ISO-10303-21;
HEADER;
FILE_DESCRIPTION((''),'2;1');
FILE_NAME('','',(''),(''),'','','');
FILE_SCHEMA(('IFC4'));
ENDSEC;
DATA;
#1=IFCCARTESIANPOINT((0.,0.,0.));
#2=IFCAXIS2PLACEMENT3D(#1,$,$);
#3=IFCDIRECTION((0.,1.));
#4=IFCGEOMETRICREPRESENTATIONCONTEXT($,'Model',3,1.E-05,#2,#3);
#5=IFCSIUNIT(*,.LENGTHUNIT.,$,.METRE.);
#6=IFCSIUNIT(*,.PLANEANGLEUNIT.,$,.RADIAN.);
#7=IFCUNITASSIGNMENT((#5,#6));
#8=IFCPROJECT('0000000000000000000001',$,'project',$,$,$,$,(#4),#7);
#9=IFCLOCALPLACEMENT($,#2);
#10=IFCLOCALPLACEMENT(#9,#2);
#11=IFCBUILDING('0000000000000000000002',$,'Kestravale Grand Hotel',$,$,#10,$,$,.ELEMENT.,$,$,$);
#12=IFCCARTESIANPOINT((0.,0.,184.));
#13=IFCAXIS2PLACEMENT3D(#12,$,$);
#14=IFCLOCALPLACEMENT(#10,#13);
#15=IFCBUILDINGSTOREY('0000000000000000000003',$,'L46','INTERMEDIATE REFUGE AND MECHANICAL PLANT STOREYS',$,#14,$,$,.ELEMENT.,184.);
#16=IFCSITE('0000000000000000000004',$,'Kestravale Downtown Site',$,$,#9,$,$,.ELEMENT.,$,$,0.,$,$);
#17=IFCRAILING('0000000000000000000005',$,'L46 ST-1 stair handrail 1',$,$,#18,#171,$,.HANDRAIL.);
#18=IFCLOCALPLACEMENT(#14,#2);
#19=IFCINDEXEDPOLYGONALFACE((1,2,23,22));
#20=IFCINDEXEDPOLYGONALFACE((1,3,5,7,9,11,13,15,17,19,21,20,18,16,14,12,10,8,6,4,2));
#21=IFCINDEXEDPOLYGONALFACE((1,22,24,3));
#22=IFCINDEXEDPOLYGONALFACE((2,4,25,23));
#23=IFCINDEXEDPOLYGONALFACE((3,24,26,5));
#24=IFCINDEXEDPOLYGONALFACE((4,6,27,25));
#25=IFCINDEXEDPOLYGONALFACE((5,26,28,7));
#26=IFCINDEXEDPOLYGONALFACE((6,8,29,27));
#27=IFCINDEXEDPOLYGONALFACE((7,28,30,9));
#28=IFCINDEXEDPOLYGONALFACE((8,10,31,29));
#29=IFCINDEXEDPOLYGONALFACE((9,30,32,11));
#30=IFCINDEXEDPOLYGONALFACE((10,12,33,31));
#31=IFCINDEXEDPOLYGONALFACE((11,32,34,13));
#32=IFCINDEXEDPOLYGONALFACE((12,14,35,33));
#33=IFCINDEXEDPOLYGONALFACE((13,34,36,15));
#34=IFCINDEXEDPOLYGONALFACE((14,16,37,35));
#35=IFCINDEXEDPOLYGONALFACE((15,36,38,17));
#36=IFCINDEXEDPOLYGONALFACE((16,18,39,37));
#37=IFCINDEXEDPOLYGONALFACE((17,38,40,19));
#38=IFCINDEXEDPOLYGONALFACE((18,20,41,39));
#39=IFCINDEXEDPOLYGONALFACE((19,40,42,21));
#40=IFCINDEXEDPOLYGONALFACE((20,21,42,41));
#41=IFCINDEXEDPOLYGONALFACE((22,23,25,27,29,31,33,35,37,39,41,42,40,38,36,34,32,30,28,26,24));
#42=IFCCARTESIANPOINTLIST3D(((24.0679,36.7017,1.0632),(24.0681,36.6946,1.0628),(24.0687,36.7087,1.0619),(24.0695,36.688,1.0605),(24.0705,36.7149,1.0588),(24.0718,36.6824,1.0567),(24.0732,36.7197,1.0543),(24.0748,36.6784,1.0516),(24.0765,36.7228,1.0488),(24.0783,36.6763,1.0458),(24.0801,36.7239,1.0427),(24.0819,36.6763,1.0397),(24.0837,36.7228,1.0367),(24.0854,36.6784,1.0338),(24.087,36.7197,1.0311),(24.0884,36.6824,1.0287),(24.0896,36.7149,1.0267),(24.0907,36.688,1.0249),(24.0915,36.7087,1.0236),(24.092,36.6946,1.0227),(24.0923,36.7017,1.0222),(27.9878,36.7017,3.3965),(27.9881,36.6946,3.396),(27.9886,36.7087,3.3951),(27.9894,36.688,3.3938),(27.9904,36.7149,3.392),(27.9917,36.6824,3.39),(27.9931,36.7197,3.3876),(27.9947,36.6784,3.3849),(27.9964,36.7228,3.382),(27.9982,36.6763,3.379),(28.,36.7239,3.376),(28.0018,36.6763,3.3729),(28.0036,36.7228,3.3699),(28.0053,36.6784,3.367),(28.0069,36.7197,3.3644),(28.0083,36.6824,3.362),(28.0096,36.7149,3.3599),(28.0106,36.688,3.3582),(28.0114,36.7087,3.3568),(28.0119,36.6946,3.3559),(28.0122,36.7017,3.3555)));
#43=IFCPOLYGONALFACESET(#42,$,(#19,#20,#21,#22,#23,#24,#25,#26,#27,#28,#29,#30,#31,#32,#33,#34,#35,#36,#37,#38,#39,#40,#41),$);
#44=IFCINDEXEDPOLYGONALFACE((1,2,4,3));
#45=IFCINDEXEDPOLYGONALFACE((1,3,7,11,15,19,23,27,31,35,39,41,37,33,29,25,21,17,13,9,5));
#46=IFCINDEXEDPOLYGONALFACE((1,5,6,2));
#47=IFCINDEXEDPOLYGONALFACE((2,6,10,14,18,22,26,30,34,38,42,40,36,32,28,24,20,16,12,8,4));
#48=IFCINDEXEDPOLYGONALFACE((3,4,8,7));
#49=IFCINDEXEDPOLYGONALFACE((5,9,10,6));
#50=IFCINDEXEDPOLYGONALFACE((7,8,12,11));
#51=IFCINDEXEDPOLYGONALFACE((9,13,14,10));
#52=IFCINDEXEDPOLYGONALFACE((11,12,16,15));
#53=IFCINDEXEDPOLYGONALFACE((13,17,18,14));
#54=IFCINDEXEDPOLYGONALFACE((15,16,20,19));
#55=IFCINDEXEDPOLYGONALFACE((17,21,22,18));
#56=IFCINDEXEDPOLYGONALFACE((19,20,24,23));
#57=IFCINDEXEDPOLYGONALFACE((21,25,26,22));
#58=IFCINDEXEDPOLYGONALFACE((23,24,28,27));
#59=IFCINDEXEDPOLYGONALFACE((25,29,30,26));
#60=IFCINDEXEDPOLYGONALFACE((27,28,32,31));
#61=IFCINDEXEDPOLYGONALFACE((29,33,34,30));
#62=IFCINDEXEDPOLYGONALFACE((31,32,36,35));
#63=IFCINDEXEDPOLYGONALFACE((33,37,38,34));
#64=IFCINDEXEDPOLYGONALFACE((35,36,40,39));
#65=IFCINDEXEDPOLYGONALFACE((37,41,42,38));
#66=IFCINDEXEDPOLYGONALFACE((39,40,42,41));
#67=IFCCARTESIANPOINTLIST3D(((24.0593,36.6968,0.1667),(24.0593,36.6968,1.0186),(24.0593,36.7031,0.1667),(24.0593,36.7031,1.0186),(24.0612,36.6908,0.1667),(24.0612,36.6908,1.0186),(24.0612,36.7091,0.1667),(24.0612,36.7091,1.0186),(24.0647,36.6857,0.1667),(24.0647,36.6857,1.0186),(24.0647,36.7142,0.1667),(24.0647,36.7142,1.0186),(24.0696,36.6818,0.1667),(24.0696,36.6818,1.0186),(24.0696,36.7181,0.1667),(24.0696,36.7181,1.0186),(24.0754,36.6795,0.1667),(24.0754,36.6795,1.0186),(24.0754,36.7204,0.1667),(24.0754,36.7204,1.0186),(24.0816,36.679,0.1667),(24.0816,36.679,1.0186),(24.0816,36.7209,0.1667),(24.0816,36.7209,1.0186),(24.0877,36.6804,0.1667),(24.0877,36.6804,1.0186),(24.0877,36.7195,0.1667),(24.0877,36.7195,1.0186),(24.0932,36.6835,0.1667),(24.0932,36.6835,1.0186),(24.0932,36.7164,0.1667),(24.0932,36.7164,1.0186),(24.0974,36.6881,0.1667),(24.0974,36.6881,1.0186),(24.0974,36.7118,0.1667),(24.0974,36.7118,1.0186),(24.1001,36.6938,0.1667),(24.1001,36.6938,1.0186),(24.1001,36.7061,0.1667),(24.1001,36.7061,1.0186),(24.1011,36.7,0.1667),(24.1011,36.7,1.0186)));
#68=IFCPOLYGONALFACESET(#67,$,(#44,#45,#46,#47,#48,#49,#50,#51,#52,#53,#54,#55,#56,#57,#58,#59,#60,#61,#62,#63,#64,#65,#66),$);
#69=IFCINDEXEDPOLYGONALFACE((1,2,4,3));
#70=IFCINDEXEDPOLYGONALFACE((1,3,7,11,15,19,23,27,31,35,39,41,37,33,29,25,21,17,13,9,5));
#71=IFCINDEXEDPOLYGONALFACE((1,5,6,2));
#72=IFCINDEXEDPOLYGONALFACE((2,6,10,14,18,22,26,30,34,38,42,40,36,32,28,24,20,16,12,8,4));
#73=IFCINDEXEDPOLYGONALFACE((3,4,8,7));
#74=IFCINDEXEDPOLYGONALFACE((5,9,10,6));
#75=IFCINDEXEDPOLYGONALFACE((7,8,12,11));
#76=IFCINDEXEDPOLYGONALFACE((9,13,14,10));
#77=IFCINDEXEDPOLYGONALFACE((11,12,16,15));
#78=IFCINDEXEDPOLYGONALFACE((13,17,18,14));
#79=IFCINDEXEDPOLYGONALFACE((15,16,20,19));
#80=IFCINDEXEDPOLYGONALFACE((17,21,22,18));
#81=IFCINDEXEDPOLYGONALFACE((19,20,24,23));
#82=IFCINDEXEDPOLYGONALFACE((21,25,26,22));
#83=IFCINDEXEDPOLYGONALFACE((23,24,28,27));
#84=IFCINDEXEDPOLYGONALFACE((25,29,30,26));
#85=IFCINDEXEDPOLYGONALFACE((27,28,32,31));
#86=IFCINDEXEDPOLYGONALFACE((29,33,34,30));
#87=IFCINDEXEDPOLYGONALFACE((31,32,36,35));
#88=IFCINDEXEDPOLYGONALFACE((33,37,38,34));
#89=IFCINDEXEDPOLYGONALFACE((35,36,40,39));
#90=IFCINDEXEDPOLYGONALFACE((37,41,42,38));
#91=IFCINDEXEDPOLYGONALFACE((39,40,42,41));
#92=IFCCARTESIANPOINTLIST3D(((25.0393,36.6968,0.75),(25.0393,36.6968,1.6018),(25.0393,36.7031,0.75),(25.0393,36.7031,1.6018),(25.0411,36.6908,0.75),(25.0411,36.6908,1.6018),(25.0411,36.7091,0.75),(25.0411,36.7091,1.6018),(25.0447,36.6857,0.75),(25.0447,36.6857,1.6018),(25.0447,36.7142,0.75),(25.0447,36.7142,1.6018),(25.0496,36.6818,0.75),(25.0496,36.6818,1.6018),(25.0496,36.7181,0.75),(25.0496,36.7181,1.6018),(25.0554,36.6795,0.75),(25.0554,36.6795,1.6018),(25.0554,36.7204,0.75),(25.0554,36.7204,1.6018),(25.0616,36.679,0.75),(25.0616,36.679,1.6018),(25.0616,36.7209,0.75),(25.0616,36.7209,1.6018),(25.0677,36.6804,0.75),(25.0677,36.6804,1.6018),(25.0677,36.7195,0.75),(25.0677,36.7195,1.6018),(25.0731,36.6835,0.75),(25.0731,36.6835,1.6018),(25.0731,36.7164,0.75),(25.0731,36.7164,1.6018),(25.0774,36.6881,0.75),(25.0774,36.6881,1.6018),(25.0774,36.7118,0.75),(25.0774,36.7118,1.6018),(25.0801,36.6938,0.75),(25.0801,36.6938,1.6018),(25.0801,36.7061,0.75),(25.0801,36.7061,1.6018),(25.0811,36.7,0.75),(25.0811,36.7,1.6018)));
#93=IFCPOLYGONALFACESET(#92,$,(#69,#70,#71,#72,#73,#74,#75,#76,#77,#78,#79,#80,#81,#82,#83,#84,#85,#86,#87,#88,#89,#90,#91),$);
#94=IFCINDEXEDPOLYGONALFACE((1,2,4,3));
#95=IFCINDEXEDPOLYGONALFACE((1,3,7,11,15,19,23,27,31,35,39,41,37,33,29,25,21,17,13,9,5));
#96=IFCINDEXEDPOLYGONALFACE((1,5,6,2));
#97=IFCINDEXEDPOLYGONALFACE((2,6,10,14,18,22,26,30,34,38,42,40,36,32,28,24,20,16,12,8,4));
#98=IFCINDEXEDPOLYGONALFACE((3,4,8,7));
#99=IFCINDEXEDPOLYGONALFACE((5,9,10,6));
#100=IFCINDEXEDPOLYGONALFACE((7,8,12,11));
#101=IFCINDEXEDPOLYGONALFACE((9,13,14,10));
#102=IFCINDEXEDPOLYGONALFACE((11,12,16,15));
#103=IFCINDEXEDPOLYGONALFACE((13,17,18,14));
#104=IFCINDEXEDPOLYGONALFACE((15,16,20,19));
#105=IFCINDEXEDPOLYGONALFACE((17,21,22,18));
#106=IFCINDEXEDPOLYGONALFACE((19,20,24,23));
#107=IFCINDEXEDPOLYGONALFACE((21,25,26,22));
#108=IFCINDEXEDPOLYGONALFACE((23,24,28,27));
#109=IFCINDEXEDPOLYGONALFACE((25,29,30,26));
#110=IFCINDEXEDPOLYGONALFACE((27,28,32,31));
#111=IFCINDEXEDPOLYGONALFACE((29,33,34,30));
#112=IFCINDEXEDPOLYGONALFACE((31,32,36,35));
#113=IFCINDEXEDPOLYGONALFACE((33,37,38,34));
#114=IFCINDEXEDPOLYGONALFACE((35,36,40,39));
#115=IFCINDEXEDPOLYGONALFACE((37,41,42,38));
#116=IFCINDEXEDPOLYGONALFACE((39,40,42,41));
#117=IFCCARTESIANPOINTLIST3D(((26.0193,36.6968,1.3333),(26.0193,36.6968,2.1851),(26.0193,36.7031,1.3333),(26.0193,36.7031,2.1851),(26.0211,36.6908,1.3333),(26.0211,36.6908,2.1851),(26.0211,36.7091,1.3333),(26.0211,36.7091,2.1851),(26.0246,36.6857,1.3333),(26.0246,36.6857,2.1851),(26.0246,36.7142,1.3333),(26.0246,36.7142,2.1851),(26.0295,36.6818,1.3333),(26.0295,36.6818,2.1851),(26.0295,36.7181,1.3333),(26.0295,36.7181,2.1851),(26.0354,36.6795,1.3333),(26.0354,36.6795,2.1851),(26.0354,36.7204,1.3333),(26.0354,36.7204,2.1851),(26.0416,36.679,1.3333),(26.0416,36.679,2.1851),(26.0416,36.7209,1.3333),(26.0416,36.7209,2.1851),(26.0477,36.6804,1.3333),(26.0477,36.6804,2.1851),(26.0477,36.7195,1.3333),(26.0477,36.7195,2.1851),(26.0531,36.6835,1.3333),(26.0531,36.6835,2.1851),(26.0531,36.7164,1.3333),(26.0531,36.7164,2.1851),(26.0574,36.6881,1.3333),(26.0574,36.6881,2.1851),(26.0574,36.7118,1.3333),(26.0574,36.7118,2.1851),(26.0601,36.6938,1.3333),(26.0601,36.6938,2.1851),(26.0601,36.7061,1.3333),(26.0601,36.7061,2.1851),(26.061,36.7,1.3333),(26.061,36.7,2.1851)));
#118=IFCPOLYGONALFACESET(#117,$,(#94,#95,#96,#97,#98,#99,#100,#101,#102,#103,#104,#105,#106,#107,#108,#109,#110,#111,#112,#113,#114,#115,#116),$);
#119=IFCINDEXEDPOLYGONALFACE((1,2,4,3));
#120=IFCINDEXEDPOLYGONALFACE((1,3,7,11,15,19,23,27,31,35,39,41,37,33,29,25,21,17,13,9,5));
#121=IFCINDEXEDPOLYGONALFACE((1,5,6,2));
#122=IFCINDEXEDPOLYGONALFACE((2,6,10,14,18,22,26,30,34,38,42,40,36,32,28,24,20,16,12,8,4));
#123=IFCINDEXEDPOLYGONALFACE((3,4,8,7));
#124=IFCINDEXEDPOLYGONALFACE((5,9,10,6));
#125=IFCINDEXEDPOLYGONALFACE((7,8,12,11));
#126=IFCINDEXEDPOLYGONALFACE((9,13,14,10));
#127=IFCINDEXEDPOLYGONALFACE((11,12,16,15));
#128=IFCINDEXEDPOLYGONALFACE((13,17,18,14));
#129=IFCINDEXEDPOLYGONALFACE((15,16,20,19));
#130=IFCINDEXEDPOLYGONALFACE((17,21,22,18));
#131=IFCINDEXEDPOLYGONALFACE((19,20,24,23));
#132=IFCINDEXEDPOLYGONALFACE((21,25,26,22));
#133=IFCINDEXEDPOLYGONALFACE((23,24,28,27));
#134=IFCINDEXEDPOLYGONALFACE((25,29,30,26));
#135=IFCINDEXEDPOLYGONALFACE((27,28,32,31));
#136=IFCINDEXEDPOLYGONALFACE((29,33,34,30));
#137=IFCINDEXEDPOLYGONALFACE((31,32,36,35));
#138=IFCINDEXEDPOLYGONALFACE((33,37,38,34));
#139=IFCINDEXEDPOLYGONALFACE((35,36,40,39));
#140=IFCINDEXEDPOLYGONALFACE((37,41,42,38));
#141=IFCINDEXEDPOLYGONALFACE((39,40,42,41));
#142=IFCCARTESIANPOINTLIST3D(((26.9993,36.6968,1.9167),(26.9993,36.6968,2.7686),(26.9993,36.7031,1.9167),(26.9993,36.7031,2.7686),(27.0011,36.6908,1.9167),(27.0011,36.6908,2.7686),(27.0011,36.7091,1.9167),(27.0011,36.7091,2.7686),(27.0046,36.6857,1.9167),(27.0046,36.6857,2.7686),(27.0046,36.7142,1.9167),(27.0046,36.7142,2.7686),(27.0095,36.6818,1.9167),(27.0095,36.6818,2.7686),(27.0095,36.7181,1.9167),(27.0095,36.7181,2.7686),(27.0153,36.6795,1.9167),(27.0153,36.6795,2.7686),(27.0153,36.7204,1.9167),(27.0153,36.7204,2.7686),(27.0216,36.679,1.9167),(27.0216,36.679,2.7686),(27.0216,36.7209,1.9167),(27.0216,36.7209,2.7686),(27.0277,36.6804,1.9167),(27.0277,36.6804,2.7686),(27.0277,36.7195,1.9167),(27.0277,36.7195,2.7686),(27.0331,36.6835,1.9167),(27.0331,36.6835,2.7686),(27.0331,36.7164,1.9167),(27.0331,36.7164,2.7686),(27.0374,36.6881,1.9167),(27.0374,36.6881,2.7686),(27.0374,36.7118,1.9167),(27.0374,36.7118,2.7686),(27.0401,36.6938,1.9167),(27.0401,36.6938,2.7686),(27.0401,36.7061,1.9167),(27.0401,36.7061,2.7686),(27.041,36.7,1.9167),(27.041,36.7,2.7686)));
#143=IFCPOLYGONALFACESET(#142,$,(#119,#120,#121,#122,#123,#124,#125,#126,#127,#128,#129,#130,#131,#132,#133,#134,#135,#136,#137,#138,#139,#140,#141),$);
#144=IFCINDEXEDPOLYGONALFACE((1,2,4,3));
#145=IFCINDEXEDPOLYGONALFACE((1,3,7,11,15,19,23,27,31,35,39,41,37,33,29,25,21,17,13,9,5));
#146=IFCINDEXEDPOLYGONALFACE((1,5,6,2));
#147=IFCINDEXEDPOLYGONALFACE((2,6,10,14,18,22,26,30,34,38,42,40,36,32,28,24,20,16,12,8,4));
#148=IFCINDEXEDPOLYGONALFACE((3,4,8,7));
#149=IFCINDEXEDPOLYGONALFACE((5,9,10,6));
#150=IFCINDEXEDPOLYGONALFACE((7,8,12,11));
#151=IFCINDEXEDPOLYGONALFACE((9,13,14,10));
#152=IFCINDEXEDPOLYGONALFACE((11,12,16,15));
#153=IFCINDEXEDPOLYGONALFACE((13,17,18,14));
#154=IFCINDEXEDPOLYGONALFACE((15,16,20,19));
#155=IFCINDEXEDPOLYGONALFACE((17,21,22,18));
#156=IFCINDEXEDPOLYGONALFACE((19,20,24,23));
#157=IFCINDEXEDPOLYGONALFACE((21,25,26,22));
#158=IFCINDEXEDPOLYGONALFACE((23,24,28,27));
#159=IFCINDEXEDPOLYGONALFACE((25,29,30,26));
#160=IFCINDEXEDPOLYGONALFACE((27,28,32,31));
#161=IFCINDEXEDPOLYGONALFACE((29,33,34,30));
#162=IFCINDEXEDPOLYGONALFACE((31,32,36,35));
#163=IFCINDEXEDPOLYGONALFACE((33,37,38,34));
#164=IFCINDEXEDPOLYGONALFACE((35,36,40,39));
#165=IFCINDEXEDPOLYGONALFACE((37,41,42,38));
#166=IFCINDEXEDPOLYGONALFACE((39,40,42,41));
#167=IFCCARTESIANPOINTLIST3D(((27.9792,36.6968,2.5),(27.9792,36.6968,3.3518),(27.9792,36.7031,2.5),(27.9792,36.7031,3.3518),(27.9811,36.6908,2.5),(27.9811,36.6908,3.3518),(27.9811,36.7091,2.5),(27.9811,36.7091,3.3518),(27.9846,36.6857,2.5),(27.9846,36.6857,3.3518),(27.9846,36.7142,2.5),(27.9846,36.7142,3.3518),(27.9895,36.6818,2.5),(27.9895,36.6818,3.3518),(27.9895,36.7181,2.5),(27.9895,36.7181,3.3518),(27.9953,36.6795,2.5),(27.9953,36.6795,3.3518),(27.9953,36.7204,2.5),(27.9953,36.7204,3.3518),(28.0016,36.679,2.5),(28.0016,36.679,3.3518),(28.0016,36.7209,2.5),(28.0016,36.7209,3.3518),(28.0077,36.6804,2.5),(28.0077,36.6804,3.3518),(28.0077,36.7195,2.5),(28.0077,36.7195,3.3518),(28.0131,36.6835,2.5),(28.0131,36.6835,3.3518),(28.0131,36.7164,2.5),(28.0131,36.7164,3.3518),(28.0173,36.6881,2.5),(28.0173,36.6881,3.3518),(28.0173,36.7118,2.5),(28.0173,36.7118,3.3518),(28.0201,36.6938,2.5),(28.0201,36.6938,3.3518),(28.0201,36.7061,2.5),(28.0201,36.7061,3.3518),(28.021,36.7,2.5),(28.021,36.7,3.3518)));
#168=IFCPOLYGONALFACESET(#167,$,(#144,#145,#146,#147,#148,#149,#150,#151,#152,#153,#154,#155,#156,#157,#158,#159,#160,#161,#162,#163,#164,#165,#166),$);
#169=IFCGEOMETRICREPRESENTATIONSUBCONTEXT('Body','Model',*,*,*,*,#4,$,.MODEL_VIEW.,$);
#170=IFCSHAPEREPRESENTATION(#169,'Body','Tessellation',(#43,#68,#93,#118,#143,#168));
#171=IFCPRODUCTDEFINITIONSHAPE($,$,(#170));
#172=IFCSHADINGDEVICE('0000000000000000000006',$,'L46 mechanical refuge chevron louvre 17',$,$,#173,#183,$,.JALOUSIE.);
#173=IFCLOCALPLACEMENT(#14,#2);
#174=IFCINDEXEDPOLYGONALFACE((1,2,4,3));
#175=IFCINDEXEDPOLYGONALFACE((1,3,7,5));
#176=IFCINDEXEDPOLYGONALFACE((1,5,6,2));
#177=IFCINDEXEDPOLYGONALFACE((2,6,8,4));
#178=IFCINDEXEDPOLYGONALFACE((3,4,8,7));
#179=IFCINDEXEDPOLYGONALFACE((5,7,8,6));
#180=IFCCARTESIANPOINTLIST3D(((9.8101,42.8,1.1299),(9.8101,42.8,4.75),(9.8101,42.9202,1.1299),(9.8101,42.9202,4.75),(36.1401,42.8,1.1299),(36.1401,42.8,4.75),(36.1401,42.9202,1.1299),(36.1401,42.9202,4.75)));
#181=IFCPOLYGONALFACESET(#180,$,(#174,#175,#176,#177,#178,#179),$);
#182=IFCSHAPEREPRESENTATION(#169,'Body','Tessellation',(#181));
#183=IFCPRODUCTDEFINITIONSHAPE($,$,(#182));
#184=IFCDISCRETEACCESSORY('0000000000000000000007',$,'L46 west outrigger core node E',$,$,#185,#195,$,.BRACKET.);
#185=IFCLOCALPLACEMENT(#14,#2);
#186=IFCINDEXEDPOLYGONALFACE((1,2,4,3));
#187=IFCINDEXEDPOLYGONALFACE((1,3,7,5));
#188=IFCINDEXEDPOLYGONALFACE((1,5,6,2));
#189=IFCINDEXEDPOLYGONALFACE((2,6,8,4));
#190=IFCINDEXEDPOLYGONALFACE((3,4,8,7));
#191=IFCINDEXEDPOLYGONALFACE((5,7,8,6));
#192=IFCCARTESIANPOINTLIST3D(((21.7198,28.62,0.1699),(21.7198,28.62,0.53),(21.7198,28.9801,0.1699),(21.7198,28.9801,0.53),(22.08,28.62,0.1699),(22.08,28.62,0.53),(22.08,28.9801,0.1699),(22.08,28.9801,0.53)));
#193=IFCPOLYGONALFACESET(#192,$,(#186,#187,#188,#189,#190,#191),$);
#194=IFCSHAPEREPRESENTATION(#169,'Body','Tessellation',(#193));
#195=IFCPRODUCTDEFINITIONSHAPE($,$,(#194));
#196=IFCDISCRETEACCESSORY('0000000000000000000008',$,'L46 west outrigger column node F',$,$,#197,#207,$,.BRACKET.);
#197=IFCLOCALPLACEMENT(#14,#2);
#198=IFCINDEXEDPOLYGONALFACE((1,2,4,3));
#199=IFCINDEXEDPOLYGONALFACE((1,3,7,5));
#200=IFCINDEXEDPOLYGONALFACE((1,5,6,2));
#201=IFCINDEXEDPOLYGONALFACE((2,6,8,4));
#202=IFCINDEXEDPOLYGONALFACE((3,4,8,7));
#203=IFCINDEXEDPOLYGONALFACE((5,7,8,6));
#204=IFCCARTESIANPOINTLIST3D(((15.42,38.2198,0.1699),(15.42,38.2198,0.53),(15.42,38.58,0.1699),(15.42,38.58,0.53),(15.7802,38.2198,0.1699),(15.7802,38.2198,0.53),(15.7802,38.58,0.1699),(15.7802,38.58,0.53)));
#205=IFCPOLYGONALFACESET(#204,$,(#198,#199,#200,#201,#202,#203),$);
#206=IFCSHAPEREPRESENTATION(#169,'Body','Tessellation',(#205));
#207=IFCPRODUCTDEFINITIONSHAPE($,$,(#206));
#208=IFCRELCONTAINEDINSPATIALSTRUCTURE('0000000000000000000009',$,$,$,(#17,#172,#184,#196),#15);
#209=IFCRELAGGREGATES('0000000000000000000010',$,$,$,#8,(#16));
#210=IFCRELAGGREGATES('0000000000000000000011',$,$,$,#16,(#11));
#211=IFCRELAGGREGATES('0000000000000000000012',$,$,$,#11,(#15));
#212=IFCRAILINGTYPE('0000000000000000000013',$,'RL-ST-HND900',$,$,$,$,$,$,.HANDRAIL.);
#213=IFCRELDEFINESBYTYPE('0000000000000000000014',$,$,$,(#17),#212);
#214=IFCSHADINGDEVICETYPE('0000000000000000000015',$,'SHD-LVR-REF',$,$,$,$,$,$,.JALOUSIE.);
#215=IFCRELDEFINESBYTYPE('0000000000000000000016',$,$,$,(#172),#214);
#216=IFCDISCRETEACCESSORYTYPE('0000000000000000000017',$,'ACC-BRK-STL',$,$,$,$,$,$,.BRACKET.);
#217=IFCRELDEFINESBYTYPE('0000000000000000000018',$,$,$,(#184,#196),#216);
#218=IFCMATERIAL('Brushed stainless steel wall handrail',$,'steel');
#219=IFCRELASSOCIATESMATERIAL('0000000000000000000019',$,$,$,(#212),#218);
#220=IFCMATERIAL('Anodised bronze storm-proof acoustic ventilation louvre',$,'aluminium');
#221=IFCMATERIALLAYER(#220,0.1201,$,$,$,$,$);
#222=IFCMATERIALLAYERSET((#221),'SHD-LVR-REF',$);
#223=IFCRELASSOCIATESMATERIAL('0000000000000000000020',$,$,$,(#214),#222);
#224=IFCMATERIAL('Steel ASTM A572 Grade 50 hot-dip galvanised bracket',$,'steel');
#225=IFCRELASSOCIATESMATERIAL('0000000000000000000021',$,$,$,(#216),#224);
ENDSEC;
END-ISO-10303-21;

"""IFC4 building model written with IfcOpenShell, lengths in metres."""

from ifc_helpers import new_model, si_unit, direction, frame, origin, origin_2d, place, context, subcontext, project, spatial, rectangle, circle, extrude, material, layer, layer_set, type_object, element, save


model = new_model("IFC4")

# Units and contexts
model_context = context("Model", 3, precision=1e-05, world=origin(), true_north=direction((0.0, 1.0)))
body_context = subcontext(model_context, "Body", "Model", "MODEL_VIEW")
ifc_project = project(units=[si_unit("LENGTHUNIT", "METRE"), si_unit("PLANEANGLEUNIT", "RADIAN")], contexts=[model_context])

# Site, building, storey
site_placement = place(None, origin())
site = spatial("IfcSite", under=ifc_project, at=site_placement, Name="Kestravale Downtown Site", CompositionType="ELEMENT", RefElevation=0.0)
building_placement = place(site_placement, origin())
building = spatial("IfcBuilding", under=site, at=building_placement, Name="Kestravale Grand Hotel", CompositionType="ELEMENT")
storey_placement = place(building_placement, frame((0.0, 0.0, 184.0)))
storey = spatial("IfcBuildingStorey", under=building, at=storey_placement, Name="L46", Description="INTERMEDIATE REFUGE AND MECHANICAL PLANT STOREYS", CompositionType="ELEMENT", Elevation=184.0)

# Railing
ifc_material_1 = material(Name="Brushed stainless steel wall handrail", Category="steel")
railing_type_1 = type_object("IfcRailingType", Name="RL-ST-HND900", PredefinedType="HANDRAIL", material=ifc_material_1)
railing_1_placement = place(storey_placement, frame((24.0801, 36.7, 0.1667)))
element("IfcRailing", 1, at=railing_1_placement, inside=storey, type_object=railing_type_1, Name="L46 ST-1 stair handrail 1", PredefinedType="HANDRAIL", context=body_context, shape_type="SweptSolid", body=[
    extrude(circle(Radius=0.0239, at=origin_2d()), frame((0.0, 0.0, 0.876), z_axis=(0.859296, 0.0, 0.511478), x_axis=(0.0, 1.0, 0.0)), (0.0, 0.0, 1.0), 4.5618),
    extrude(circle(Radius=0.021, at=origin_2d()), origin(), (0.0, 0.0, 1.0), 0.8518),
    extrude(circle(Radius=0.021, at=origin_2d()), frame((0.98, 0.0, 0.5833)), (0.0, 0.0, 1.0), 0.8518),
    extrude(circle(Radius=0.021, at=origin_2d()), frame((1.96, 0.0, 1.1665)), (0.0, 0.0, 1.0), 0.8518),
    extrude(circle(Radius=0.021, at=origin_2d()), frame((2.9399, 0.0, 1.75)), (0.0, 0.0, 1.0), 0.8518),
    extrude(circle(Radius=0.021, at=origin_2d()), frame((3.9199, 0.0, 2.3333)), (0.0, 0.0, 1.0), 0.8518),
])

# Shading device
ifc_material_2 = material(Name="Anodised bronze storm-proof acoustic ventilation louvre", Category="aluminium")
ifc_layer_1 = layer(ifc_material_2, 0.1201)
ifc_layer_set_1 = layer_set([ifc_layer_1], Name="SHD-LVR-REF")
shading_device_type = type_object("IfcShadingDeviceType", Name="SHD-LVR-REF", PredefinedType="JALOUSIE", material=ifc_layer_set_1)
shading_device_placement = place(storey_placement, frame((22.9751, 42.8601, 1.1299), z_axis=(0.0, 0.0, 1.0), x_axis=(-1.0, 0.0, 0.0)))
element("IfcShadingDevice", 2, at=shading_device_placement, inside=storey, type_object=shading_device_type, Name="L46 mechanical refuge chevron louvre 17", PredefinedType="JALOUSIE", context=body_context, shape_type="SweptSolid", body=[
    extrude(rectangle(XDim=26.3301, YDim=0.1201, at=origin_2d()), origin(), (0.0, 0.0, 1.0), 3.6201),
])

# Discrete accessories
ifc_material_3 = material(Name="Steel ASTM A572 Grade 50 hot-dip galvanised bracket", Category="steel")
discrete_accessory_type = type_object("IfcDiscreteAccessoryType", Name="ACC-BRK-STL", PredefinedType="BRACKET", material=ifc_material_3)
for number, where, z_axis, x_axis, name in (
    (3, (21.8999, 28.8, 0.1699), (0.0, 0.0, 1.0), (1.0, 0.0, 0.0), "L46 west outrigger core node E"),
    (4, (15.6001, 38.3999, 0.1699), (0.0, 0.0, 1.0), (1.0, 0.0, 0.0), "L46 west outrigger column node F"),
):
    element("IfcDiscreteAccessory", number, at=place(storey_placement, frame(where, z_axis=z_axis, x_axis=x_axis)), inside=storey, type_object=discrete_accessory_type, Name=name, PredefinedType="BRACKET", context=body_context, shape_type="SweptSolid", body=[
        extrude(rectangle(XDim=0.3601, YDim=0.3601, at=origin_2d()), origin(), (0.0, 0.0, 1.0), 0.3601),
    ])

save(model, "model.ifc")
